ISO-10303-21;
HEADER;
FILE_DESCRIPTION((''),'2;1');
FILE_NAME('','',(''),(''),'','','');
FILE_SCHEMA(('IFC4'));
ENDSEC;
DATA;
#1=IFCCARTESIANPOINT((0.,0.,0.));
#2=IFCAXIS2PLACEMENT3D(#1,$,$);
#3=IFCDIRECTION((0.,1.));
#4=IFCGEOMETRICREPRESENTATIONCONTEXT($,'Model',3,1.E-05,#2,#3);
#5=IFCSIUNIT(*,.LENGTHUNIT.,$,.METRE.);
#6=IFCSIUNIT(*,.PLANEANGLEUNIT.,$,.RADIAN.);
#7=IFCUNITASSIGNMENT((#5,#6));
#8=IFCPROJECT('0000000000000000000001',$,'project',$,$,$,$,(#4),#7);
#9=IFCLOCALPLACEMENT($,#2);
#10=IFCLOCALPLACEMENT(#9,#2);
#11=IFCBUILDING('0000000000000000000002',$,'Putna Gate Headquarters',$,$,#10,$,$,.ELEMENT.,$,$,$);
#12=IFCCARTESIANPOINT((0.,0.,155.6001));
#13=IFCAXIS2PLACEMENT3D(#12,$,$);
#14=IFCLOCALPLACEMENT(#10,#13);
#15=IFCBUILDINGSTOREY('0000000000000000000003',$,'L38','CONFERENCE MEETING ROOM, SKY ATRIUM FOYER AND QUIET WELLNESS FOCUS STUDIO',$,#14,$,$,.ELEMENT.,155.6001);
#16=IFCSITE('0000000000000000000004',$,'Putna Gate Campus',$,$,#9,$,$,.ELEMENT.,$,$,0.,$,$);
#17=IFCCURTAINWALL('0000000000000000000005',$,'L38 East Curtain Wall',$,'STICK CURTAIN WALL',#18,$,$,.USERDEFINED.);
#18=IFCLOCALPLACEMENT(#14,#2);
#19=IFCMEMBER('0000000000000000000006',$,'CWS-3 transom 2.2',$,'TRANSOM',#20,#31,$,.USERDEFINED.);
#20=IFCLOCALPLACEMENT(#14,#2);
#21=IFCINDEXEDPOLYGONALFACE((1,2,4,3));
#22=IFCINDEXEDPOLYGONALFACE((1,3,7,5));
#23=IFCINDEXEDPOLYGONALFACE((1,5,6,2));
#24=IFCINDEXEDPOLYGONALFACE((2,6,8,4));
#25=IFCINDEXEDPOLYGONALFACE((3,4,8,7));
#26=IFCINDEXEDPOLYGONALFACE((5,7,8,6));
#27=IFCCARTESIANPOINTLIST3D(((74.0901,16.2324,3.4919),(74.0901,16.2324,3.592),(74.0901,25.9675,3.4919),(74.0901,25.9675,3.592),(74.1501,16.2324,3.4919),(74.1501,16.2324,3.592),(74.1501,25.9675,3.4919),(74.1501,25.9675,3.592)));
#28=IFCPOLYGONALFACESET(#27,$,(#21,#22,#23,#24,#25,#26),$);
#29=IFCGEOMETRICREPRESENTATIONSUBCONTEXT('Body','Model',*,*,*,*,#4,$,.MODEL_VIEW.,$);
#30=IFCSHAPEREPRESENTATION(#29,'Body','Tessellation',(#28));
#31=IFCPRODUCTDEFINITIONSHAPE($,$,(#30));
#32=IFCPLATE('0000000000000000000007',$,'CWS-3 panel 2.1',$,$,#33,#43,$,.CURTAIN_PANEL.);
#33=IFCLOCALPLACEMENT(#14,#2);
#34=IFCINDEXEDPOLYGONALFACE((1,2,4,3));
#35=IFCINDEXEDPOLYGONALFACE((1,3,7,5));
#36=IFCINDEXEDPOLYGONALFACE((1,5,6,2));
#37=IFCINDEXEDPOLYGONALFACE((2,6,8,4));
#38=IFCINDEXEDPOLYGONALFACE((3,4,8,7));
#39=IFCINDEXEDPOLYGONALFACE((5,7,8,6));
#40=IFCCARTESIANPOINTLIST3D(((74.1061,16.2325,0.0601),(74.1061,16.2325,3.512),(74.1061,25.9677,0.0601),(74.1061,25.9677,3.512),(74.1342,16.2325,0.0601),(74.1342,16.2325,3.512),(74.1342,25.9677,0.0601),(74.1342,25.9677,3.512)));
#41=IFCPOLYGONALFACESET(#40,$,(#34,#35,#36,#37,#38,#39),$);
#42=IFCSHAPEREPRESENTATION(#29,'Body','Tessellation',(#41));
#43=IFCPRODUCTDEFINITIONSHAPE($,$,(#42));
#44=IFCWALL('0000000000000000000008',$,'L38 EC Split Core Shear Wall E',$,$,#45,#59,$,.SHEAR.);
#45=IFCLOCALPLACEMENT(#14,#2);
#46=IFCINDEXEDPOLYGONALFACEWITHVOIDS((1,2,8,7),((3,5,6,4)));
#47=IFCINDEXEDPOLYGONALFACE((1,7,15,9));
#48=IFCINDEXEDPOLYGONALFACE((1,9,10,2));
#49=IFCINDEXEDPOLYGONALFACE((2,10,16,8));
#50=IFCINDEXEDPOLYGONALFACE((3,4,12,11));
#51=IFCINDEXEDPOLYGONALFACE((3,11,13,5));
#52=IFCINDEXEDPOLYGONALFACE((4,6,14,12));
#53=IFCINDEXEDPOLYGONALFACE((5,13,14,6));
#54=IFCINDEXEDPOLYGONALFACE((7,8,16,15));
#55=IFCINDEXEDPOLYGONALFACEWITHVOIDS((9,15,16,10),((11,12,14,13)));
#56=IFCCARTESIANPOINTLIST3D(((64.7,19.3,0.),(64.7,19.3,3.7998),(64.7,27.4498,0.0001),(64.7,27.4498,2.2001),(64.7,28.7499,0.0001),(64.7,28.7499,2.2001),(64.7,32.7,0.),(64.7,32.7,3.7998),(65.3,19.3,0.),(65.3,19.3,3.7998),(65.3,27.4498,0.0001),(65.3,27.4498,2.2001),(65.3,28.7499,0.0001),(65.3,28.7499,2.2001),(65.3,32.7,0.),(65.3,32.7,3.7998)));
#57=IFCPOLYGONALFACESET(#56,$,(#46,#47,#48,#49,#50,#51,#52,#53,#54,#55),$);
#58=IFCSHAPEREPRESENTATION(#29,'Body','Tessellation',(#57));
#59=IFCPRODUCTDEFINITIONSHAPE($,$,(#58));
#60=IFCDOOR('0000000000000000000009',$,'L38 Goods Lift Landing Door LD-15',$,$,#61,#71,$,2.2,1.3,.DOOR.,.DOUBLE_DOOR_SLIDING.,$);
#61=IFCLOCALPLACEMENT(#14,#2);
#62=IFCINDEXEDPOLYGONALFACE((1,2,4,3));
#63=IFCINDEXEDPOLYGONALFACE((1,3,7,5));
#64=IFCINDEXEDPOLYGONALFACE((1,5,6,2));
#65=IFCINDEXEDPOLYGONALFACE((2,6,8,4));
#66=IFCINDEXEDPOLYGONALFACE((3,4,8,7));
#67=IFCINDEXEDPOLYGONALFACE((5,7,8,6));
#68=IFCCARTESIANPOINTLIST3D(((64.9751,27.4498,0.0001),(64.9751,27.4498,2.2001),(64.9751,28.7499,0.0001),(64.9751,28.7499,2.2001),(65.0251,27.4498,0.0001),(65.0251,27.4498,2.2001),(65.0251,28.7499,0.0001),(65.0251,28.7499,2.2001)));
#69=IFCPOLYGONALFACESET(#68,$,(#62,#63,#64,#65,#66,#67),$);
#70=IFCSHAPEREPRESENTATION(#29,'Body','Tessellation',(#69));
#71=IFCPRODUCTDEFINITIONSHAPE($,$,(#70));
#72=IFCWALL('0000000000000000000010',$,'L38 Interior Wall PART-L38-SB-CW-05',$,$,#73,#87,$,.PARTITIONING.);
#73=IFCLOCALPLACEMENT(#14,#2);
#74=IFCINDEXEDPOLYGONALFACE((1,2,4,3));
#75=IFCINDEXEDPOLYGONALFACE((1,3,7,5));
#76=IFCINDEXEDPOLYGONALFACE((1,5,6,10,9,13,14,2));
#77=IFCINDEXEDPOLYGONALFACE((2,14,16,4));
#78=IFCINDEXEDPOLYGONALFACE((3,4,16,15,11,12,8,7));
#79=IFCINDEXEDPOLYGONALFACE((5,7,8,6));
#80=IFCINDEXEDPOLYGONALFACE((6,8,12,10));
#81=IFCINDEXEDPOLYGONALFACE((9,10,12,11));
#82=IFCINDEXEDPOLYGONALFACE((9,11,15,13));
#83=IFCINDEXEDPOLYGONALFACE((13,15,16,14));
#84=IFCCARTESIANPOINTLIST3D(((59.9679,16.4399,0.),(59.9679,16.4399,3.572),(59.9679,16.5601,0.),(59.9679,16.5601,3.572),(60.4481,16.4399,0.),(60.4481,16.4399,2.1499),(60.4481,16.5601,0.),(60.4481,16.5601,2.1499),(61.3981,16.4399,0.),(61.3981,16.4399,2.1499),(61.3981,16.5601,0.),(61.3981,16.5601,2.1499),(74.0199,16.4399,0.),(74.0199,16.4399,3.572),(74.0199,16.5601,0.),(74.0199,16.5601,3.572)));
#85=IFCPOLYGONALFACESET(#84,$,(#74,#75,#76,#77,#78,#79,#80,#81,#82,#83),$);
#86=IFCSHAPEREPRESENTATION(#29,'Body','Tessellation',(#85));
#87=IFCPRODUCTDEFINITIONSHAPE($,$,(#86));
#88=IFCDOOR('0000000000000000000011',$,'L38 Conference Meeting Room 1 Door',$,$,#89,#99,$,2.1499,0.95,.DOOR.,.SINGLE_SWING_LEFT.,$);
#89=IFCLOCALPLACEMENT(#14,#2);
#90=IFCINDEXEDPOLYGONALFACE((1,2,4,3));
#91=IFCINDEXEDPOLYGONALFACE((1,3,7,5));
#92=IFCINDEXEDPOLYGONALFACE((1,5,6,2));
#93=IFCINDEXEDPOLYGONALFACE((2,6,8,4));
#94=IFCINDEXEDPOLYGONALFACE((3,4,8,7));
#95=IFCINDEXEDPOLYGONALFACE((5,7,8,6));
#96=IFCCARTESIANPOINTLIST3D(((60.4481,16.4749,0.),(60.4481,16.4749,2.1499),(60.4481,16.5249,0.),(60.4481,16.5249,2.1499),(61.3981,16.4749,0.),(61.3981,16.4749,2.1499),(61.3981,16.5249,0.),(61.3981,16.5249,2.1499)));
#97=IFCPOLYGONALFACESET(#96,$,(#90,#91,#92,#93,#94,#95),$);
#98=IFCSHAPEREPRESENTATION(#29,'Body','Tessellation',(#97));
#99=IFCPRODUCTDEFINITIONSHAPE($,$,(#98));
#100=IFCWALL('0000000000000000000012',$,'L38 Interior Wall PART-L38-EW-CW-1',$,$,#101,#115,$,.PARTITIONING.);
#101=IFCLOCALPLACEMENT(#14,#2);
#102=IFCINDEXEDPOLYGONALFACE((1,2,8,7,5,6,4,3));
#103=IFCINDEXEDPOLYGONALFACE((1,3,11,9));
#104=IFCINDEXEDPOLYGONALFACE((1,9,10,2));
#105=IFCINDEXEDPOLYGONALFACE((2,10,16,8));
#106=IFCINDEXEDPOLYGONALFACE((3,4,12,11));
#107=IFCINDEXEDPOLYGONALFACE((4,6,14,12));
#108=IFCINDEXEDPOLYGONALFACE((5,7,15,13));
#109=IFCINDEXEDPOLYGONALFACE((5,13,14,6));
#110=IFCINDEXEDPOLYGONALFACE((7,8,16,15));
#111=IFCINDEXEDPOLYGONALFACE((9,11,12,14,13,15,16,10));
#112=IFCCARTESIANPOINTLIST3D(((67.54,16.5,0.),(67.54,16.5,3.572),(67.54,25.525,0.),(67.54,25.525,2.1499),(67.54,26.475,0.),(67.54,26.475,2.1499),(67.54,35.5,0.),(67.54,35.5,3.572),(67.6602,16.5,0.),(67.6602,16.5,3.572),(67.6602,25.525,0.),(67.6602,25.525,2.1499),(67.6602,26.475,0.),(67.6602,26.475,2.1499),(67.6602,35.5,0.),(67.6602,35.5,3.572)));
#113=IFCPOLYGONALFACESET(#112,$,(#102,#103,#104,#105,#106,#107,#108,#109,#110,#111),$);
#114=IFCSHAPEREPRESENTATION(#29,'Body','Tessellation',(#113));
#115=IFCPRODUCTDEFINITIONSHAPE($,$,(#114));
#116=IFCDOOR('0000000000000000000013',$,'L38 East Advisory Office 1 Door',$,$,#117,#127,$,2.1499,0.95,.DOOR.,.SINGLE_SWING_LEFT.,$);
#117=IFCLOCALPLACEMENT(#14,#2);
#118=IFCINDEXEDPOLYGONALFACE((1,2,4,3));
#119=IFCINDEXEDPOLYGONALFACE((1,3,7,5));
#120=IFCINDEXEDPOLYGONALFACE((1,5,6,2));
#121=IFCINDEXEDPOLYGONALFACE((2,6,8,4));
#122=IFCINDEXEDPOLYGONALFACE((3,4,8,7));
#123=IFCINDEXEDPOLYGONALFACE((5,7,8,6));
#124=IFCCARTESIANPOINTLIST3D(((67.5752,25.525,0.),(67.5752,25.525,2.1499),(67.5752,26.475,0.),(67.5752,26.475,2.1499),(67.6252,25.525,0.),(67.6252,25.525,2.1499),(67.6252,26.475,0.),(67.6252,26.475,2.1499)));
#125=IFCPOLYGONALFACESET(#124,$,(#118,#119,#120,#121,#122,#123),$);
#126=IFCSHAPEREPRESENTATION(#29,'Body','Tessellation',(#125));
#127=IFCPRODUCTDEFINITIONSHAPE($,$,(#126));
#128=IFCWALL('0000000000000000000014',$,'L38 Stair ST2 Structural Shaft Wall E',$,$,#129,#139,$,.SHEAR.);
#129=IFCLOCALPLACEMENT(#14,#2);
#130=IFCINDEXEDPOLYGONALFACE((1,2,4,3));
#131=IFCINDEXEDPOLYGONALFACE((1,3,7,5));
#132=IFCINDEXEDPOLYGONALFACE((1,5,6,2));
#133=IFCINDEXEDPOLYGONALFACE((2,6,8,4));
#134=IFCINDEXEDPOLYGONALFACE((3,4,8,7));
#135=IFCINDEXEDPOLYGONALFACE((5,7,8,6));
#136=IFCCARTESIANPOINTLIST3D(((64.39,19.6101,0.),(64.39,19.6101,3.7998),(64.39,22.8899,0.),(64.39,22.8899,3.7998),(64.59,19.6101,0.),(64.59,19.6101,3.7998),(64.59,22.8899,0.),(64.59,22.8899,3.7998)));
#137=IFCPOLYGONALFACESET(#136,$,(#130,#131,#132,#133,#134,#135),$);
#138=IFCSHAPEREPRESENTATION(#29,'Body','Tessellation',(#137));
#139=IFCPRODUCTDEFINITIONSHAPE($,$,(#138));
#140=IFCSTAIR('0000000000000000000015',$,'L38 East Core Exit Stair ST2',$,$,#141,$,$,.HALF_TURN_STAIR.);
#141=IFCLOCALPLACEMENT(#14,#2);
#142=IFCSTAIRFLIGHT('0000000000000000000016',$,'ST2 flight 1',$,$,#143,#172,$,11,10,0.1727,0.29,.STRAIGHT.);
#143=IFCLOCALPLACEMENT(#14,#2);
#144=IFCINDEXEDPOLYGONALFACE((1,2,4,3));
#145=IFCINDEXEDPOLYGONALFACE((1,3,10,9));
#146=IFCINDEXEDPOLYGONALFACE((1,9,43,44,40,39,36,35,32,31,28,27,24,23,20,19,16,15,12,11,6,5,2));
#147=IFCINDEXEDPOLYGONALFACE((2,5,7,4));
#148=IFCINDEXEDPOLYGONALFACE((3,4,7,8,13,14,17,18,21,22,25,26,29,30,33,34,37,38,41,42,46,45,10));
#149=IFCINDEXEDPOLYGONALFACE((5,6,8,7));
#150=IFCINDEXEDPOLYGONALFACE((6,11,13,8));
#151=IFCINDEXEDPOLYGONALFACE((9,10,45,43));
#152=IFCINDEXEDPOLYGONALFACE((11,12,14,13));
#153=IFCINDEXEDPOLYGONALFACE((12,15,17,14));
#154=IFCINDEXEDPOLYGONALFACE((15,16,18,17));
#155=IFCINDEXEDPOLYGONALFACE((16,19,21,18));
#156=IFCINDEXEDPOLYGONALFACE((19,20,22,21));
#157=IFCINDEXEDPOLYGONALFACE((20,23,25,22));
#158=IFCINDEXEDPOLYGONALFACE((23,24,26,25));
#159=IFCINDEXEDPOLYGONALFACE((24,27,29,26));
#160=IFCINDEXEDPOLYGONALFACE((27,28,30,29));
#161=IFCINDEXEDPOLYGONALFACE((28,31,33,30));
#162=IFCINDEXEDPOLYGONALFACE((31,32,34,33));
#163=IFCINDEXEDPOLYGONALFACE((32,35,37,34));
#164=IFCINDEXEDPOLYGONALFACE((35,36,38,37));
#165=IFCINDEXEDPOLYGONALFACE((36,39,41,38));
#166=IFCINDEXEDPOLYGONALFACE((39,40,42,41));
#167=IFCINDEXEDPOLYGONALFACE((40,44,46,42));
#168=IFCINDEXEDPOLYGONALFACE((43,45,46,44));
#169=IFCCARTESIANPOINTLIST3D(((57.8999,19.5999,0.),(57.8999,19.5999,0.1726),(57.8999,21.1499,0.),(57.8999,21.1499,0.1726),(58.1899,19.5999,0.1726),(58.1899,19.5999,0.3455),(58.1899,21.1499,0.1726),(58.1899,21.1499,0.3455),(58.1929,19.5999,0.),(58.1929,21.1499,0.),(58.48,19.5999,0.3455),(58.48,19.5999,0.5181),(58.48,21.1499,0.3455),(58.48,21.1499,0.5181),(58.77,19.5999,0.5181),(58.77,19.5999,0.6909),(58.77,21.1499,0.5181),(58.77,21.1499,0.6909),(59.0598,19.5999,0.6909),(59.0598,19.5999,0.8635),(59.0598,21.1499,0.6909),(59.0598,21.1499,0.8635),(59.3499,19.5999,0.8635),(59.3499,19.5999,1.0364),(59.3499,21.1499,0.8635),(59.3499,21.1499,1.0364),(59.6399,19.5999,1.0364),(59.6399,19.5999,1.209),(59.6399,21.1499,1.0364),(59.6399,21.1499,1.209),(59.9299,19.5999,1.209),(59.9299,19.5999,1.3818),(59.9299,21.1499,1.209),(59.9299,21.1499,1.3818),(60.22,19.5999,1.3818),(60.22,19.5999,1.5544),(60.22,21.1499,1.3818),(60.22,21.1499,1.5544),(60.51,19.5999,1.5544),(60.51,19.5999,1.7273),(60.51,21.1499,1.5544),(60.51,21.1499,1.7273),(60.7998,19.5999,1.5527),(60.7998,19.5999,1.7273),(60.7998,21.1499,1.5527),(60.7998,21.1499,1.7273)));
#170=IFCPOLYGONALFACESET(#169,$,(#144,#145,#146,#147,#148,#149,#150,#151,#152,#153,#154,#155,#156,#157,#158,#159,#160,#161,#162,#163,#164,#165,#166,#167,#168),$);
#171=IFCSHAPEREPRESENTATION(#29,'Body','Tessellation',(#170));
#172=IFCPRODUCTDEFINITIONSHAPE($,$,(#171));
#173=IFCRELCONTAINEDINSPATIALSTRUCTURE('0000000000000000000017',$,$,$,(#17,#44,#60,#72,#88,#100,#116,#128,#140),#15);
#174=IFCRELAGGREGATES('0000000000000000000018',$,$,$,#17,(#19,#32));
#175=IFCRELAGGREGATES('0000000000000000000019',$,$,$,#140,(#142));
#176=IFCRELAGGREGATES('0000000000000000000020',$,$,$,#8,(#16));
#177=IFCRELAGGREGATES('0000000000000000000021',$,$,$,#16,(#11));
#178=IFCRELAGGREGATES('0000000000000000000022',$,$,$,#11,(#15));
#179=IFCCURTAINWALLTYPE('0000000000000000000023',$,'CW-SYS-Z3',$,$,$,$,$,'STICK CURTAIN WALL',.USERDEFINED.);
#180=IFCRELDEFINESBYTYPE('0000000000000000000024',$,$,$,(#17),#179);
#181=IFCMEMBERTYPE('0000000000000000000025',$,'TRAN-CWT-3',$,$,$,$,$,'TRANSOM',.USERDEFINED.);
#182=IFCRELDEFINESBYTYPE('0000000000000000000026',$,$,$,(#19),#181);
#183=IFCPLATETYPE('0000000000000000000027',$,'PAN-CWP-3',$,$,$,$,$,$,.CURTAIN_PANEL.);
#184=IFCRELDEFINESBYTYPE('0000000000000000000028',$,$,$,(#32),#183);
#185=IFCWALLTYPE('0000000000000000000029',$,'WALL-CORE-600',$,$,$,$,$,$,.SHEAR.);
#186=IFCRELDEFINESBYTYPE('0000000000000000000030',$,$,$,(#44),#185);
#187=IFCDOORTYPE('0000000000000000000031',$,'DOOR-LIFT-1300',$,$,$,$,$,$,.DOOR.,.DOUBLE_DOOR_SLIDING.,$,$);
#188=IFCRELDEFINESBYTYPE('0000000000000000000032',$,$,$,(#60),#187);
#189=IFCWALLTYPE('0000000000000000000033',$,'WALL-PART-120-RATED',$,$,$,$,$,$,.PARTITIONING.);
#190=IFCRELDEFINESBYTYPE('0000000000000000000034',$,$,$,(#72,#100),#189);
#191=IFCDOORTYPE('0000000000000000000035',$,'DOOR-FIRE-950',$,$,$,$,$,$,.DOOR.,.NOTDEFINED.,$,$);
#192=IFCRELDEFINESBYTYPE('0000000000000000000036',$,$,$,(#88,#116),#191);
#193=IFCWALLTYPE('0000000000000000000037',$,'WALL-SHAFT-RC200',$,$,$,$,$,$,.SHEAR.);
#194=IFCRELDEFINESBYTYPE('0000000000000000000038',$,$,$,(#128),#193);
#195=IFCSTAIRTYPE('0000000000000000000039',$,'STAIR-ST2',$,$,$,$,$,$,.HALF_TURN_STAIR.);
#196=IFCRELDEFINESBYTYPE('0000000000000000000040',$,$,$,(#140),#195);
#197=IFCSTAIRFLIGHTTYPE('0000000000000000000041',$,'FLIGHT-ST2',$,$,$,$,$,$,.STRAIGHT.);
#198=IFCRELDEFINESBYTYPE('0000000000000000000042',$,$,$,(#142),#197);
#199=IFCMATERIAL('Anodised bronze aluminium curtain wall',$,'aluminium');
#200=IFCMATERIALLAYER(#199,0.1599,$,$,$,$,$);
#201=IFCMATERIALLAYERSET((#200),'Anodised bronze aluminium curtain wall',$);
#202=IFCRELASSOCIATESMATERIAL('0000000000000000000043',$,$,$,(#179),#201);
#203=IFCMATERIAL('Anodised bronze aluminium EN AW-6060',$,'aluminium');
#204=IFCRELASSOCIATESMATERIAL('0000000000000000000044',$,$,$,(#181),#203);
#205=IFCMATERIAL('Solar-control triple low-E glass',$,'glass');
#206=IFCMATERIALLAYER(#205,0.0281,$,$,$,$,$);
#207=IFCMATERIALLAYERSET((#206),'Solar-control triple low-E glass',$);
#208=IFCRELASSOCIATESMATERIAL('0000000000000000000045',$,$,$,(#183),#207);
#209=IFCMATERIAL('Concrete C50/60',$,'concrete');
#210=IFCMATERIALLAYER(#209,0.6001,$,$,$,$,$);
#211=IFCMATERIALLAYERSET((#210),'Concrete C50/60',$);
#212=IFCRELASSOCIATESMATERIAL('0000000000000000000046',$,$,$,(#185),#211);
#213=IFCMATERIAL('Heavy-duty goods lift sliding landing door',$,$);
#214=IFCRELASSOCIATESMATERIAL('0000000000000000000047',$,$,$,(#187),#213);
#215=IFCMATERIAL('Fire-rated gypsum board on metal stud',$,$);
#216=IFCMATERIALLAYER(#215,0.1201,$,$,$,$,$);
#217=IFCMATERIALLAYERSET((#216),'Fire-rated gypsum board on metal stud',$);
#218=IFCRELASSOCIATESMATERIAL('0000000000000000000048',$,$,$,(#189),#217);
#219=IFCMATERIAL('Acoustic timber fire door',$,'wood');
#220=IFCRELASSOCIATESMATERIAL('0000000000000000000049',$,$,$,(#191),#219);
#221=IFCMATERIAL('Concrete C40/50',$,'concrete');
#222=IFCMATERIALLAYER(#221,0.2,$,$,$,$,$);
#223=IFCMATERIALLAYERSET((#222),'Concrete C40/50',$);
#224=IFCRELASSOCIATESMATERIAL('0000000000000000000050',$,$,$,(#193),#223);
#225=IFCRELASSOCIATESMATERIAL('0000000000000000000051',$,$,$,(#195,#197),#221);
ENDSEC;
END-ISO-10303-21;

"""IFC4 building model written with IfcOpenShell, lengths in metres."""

from ifc_helpers import new_model, si_unit, direction, frame, frame_2d, origin, origin_2d, place, context, subcontext, project, spatial, polyline, rectangle, outline, extrude, material, layer, layer_set, material_profile, profile_set, type_object, element, fill, aggregate, save


model = new_model("IFC4")

# Units and contexts
model_context = context("Model", 3, precision=1e-05, world=origin(), true_north=direction((0.0, 1.0)))
body_context = subcontext(model_context, "Body", "Model", "MODEL_VIEW")
ifc_project = project(units=[si_unit("LENGTHUNIT", "METRE"), si_unit("PLANEANGLEUNIT", "RADIAN")], contexts=[model_context])

# Site, building, storey
site_placement = place(None, origin())
site = spatial("IfcSite", under=ifc_project, at=site_placement, Name="Putna Gate Campus", CompositionType="ELEMENT", RefElevation=0.0)
building_placement = place(site_placement, origin())
building = spatial("IfcBuilding", under=site, at=building_placement, Name="Putna Gate Headquarters", CompositionType="ELEMENT")
storey_placement = place(building_placement, frame((0.0, 0.0, 155.6001)))
storey = spatial("IfcBuildingStorey", under=building, at=storey_placement, Name="L38", Description="CONFERENCE MEETING ROOM, SKY ATRIUM FOYER AND QUIET WELLNESS FOCUS STUDIO", CompositionType="ELEMENT", Elevation=155.6001)

# Shared definitions
ifc_material_1 = material(Name="Concrete C50/60", Category="concrete")

# Curtain wall, member, plate
ifc_material_2 = material(Name="Anodised bronze aluminium curtain wall", Category="aluminium")
ifc_layer_1 = layer(ifc_material_2, 0.1599)
ifc_layer_set_1 = layer_set([ifc_layer_1], Name="Anodised bronze aluminium curtain wall")
curtain_wall_type = type_object("IfcCurtainWallType", Name="CW-SYS-Z3", ElementType="STICK CURTAIN WALL", PredefinedType="USERDEFINED", material=ifc_layer_set_1)
curtain_wall_placement = place(storey_placement, origin())
curtain_wall = element("IfcCurtainWall", 1, at=curtain_wall_placement, inside=storey, type_object=curtain_wall_type, Name="L38 East Curtain Wall", ObjectType="STICK CURTAIN WALL", PredefinedType="USERDEFINED")
ifc_material_3 = material(Name="Anodised bronze aluminium EN AW-6060", Category="aluminium")
ifc_material_profile_1 = material_profile(ifc_material_3, rectangle(XDim=0.0601, YDim=0.1001, at=origin_2d()), Name="Anodised bronze aluminium EN AW-6060")
ifc_profile_set_1 = profile_set([ifc_material_profile_1], Name="Anodised bronze aluminium EN AW-6060")
member_type_1 = type_object("IfcMemberType", Name="TRAN-CWT-3", ElementType="TRANSOM", PredefinedType="USERDEFINED", material=ifc_profile_set_1)
member_1_placement = place(storey_placement, frame((74.1201, 16.2324, 3.542), z_axis=(0.0, 1.0, 0.0), x_axis=(-1.0, 0.0, 0.0)))
member_1 = element("IfcMember", 2, at=member_1_placement, type_object=member_type_1, Name="CWS-3 transom 2.2", ObjectType="TRANSOM", PredefinedType="USERDEFINED", context=body_context, shape_type="SweptSolid", body=[
    extrude(rectangle(XDim=0.0601, YDim=0.1001, at=origin_2d()), origin(), (0.0, 0.0, 1.0), 9.7351),
])
ifc_material_4 = material(Name="Solar-control triple low-E glass", Category="glass")
ifc_layer_2 = layer(ifc_material_4, 0.0281)
ifc_layer_set_2 = layer_set([ifc_layer_2], Name="Solar-control triple low-E glass")
plate_type = type_object("IfcPlateType", Name="PAN-CWP-3", PredefinedType="CURTAIN_PANEL", material=ifc_layer_set_2)
plate_placement = place(storey_placement, frame((74.1201, 21.1001, 0.0601), z_axis=(0.0, 0.0, 1.0), x_axis=(0.0, 1.0, 0.0)))
plate = element("IfcPlate", 3, at=plate_placement, type_object=plate_type, Name="CWS-3 panel 2.1", PredefinedType="CURTAIN_PANEL", context=body_context, shape_type="SweptSolid", body=[
    extrude(rectangle(XDim=9.7351, YDim=0.0281, at=origin_2d()), origin(), (0.0, 0.0, 1.0), 3.4519),
])
aggregate(curtain_wall, [member_1, plate])

# Walls, openings, doors
ifc_layer_3 = layer(ifc_material_1, 0.6001)
ifc_layer_set_3 = layer_set([ifc_layer_3], Name="Concrete C50/60")
wall_type_1 = type_object("IfcWallType", Name="WALL-CORE-600", PredefinedType="SHEAR", material=ifc_layer_set_3)
wall_1_placement = place(storey_placement, frame((65.0, 19.3, 0.0), z_axis=(0.0, 0.0, 1.0), x_axis=(0.0, 1.0, 0.0)))
wall_1 = element("IfcWall", 4, at=wall_1_placement, inside=storey, type_object=wall_type_1, Name="L38 EC Split Core Shear Wall E", PredefinedType="SHEAR", context=body_context, shape_type="SweptSolid", body=[
    extrude(rectangle(XDim=13.3999, YDim=0.6001, at=frame_2d((6.7, 0.0))), origin(), (0.0, 0.0, 1.0), 3.7998),
])
opening_1_placement = place(wall_1_placement, frame((8.1499, 0.0, 0.0)))
opening_1 = element("IfcOpeningElement", 5, at=opening_1_placement, cuts=wall_1, PredefinedType="OPENING", context=body_context, shape_type="SweptSolid", body=[
    extrude(rectangle(XDim=1.3, YDim=2.2, at=frame_2d((0.6499, 1.1001))), frame((0.0, 0.3101, 0.0), z_axis=(0.0, -1.0, 0.0), x_axis=(1.0, 0.0, 0.0)), (0.0, 0.0, 1.0), 0.6201),
])
ifc_material_5 = material(Name="Heavy-duty goods lift sliding landing door")
door_type_1 = type_object("IfcDoorType", Name="DOOR-LIFT-1300", OperationType="DOUBLE_DOOR_SLIDING", PredefinedType="DOOR", material=ifc_material_5)
door_1_placement = place(opening_1_placement, origin())
door_1 = element("IfcDoor", 6, at=door_1_placement, inside=storey, type_object=door_type_1, Name="L38 Goods Lift Landing Door LD-15", OperationType="DOUBLE_DOOR_SLIDING", OverallHeight=2.2, OverallWidth=1.3, PredefinedType="DOOR", context=body_context, shape_type="SweptSolid", body=[
    extrude(rectangle(XDim=1.3, YDim=2.2, at=frame_2d((0.6499, 1.1001))), frame((0.0, 0.0249, 0.0), z_axis=(0.0, -1.0, 0.0), x_axis=(1.0, 0.0, 0.0)), (0.0, 0.0, 1.0), 0.05),
])
fill(opening_1, door_1)
ifc_material_6 = material(Name="Fire-rated gypsum board on metal stud")
ifc_layer_4 = layer(ifc_material_6, 0.1201)
ifc_layer_set_4 = layer_set([ifc_layer_4], Name="Fire-rated gypsum board on metal stud")
wall_type_2 = type_object("IfcWallType", Name="WALL-PART-120-RATED", PredefinedType="PARTITIONING", material=ifc_layer_set_4)
wall_2_placement = place(storey_placement, frame((59.968, 16.5, 0.0), z_axis=(0.0, 0.0, 1.0), x_axis=(1.0, 0.0, 0.0)))
wall_2 = element("IfcWall", 7, at=wall_2_placement, inside=storey, type_object=wall_type_2, Name="L38 Interior Wall PART-L38-SB-CW-05", PredefinedType="PARTITIONING", context=body_context, shape_type="SweptSolid", body=[
    extrude(rectangle(XDim=14.052, YDim=0.1201, at=frame_2d((7.0259, 0.0))), origin(), (0.0, 0.0, 1.0), 3.572),
])
opening_2_placement = place(wall_2_placement, frame((0.48, 0.0, 0.0)))
opening_2 = element("IfcOpeningElement", 8, at=opening_2_placement, cuts=wall_2, PredefinedType="OPENING", context=body_context, shape_type="SweptSolid", body=[
    extrude(rectangle(XDim=0.95, YDim=2.1499, at=frame_2d((0.4751, 1.075))), frame((0.0, 0.0701, 0.0), z_axis=(0.0, -1.0, 0.0), x_axis=(1.0, 0.0, 0.0)), (0.0, 0.0, 1.0), 0.1401),
])
ifc_material_7 = material(Name="Acoustic timber fire door", Category="wood")
door_type_2 = type_object("IfcDoorType", Name="DOOR-FIRE-950", OperationType="NOTDEFINED", PredefinedType="DOOR", material=ifc_material_7)
door_2_placement = place(opening_2_placement, origin())
door_2 = element("IfcDoor", 9, at=door_2_placement, inside=storey, type_object=door_type_2, Name="L38 Conference Meeting Room 1 Door", OperationType="SINGLE_SWING_LEFT", OverallHeight=2.1499, OverallWidth=0.95, PredefinedType="DOOR", context=body_context, shape_type="SweptSolid", body=[
    extrude(rectangle(XDim=0.95, YDim=2.1499, at=frame_2d((0.4751, 1.075))), frame((0.0, 0.0249, 0.0), z_axis=(0.0, -1.0, 0.0), x_axis=(1.0, 0.0, 0.0)), (0.0, 0.0, 1.0), 0.05),
])
fill(opening_2, door_2)
wall_3_placement = place(storey_placement, frame((67.6001, 16.5, 0.0), z_axis=(0.0, 0.0, 1.0), x_axis=(0.0, 1.0, 0.0)))
wall_3 = element("IfcWall", 10, at=wall_3_placement, inside=storey, type_object=wall_type_2, Name="L38 Interior Wall PART-L38-EW-CW-1", PredefinedType="PARTITIONING", context=body_context, shape_type="SweptSolid", body=[
    extrude(rectangle(XDim=19.0, YDim=0.1201, at=frame_2d((9.5, 0.0))), origin(), (0.0, 0.0, 1.0), 3.572),
])
opening_3_placement = place(wall_3_placement, frame((9.0249, 0.0, 0.0)))
opening_3 = element("IfcOpeningElement", 11, at=opening_3_placement, cuts=wall_3, PredefinedType="OPENING", context=body_context, shape_type="SweptSolid", body=[
    extrude(rectangle(XDim=0.95, YDim=2.1499, at=frame_2d((0.4751, 1.075))), frame((0.0, 0.0701, 0.0), z_axis=(0.0, -1.0, 0.0), x_axis=(1.0, 0.0, 0.0)), (0.0, 0.0, 1.0), 0.1401),
])
door_3_placement = place(opening_3_placement, origin())
door_3 = element("IfcDoor", 12, at=door_3_placement, inside=storey, type_object=door_type_2, Name="L38 East Advisory Office 1 Door", OperationType="SINGLE_SWING_LEFT", OverallHeight=2.1499, OverallWidth=0.95, PredefinedType="DOOR", context=body_context, shape_type="SweptSolid", body=[
    extrude(rectangle(XDim=0.95, YDim=2.1499, at=frame_2d((0.4751, 1.075))), frame((0.0, 0.0249, 0.0), z_axis=(0.0, -1.0, 0.0), x_axis=(1.0, 0.0, 0.0)), (0.0, 0.0, 1.0), 0.05),
])
fill(opening_3, door_3)

# Wall
ifc_material_8 = material(Name="Concrete C40/50", Category="concrete")
ifc_layer_5 = layer(ifc_material_8, 0.2)
ifc_layer_set_5 = layer_set([ifc_layer_5], Name="Concrete C40/50")
wall_type_3 = type_object("IfcWallType", Name="WALL-SHAFT-RC200", PredefinedType="SHEAR", material=ifc_layer_set_5)
wall_4_placement = place(storey_placement, frame((64.49, 19.6101, 0.0), z_axis=(0.0, 0.0, 1.0), x_axis=(0.0, 1.0, 0.0)))
element("IfcWall", 13, at=wall_4_placement, inside=storey, type_object=wall_type_3, Name="L38 Stair ST2 Structural Shaft Wall E", PredefinedType="SHEAR", context=body_context, shape_type="SweptSolid", body=[
    extrude(rectangle(XDim=3.2798, YDim=0.2, at=frame_2d((1.6399, 0.0))), origin(), (0.0, 0.0, 1.0), 3.7998),
])

# Stair, stair flight
stair_type = type_object("IfcStairType", Name="STAIR-ST2", PredefinedType="HALF_TURN_STAIR", material=ifc_material_8)
stair_placement = place(storey_placement, origin())
stair = element("IfcStair", 14, at=stair_placement, inside=storey, type_object=stair_type, Name="L38 East Core Exit Stair ST2", PredefinedType="HALF_TURN_STAIR")
stair_flight_type = type_object("IfcStairFlightType", Name="FLIGHT-ST2", PredefinedType="STRAIGHT", material=ifc_material_8)
stair_flight_1_placement = place(storey_placement, frame((57.8999, 20.375, 0.0), z_axis=(0.0, 0.0, 1.0), x_axis=(1.0, 0.0, 0.0)))
stair_flight_1 = element("IfcStairFlight", 15, at=stair_flight_1_placement, type_object=stair_flight_type, Name="ST2 flight 1", NumberOfRisers=11, NumberOfTreads=10, PredefinedType="STRAIGHT", RiserHeight=0.1727, TreadLength=0.29, context=body_context, shape_type="SweptSolid", body=[
    extrude(outline(polyline([(0.0, 0.0), (0.0, 0.1726), (0.29, 0.1726), (0.29, 0.3455), (0.5801, 0.3455), (0.5801, 0.5181), (0.8701, 0.5181), (0.8701, 0.6909), (1.1599, 0.6909), (1.1599, 0.8635), (1.45, 0.8635), (1.45, 1.0364), (1.74, 1.0364), (1.74, 1.209), (2.03, 1.209), (2.03, 1.3818), (2.3201, 1.3818), (2.3201, 1.5544), (2.6101, 1.5544), (2.6101, 1.7273), (2.8999, 1.7273), (2.8999, 1.8999), (2.8999, 1.5527), (0.293, 0.0), (0.0, 0.0)])), frame((0.0, 0.7749, 0.0), z_axis=(0.0, -1.0, 0.0), x_axis=(1.0, 0.0, 0.0)), (0.0, 0.0, 1.0), 1.55),
])
aggregate(stair, [stair_flight_1])

save(model, "model.ifc")
